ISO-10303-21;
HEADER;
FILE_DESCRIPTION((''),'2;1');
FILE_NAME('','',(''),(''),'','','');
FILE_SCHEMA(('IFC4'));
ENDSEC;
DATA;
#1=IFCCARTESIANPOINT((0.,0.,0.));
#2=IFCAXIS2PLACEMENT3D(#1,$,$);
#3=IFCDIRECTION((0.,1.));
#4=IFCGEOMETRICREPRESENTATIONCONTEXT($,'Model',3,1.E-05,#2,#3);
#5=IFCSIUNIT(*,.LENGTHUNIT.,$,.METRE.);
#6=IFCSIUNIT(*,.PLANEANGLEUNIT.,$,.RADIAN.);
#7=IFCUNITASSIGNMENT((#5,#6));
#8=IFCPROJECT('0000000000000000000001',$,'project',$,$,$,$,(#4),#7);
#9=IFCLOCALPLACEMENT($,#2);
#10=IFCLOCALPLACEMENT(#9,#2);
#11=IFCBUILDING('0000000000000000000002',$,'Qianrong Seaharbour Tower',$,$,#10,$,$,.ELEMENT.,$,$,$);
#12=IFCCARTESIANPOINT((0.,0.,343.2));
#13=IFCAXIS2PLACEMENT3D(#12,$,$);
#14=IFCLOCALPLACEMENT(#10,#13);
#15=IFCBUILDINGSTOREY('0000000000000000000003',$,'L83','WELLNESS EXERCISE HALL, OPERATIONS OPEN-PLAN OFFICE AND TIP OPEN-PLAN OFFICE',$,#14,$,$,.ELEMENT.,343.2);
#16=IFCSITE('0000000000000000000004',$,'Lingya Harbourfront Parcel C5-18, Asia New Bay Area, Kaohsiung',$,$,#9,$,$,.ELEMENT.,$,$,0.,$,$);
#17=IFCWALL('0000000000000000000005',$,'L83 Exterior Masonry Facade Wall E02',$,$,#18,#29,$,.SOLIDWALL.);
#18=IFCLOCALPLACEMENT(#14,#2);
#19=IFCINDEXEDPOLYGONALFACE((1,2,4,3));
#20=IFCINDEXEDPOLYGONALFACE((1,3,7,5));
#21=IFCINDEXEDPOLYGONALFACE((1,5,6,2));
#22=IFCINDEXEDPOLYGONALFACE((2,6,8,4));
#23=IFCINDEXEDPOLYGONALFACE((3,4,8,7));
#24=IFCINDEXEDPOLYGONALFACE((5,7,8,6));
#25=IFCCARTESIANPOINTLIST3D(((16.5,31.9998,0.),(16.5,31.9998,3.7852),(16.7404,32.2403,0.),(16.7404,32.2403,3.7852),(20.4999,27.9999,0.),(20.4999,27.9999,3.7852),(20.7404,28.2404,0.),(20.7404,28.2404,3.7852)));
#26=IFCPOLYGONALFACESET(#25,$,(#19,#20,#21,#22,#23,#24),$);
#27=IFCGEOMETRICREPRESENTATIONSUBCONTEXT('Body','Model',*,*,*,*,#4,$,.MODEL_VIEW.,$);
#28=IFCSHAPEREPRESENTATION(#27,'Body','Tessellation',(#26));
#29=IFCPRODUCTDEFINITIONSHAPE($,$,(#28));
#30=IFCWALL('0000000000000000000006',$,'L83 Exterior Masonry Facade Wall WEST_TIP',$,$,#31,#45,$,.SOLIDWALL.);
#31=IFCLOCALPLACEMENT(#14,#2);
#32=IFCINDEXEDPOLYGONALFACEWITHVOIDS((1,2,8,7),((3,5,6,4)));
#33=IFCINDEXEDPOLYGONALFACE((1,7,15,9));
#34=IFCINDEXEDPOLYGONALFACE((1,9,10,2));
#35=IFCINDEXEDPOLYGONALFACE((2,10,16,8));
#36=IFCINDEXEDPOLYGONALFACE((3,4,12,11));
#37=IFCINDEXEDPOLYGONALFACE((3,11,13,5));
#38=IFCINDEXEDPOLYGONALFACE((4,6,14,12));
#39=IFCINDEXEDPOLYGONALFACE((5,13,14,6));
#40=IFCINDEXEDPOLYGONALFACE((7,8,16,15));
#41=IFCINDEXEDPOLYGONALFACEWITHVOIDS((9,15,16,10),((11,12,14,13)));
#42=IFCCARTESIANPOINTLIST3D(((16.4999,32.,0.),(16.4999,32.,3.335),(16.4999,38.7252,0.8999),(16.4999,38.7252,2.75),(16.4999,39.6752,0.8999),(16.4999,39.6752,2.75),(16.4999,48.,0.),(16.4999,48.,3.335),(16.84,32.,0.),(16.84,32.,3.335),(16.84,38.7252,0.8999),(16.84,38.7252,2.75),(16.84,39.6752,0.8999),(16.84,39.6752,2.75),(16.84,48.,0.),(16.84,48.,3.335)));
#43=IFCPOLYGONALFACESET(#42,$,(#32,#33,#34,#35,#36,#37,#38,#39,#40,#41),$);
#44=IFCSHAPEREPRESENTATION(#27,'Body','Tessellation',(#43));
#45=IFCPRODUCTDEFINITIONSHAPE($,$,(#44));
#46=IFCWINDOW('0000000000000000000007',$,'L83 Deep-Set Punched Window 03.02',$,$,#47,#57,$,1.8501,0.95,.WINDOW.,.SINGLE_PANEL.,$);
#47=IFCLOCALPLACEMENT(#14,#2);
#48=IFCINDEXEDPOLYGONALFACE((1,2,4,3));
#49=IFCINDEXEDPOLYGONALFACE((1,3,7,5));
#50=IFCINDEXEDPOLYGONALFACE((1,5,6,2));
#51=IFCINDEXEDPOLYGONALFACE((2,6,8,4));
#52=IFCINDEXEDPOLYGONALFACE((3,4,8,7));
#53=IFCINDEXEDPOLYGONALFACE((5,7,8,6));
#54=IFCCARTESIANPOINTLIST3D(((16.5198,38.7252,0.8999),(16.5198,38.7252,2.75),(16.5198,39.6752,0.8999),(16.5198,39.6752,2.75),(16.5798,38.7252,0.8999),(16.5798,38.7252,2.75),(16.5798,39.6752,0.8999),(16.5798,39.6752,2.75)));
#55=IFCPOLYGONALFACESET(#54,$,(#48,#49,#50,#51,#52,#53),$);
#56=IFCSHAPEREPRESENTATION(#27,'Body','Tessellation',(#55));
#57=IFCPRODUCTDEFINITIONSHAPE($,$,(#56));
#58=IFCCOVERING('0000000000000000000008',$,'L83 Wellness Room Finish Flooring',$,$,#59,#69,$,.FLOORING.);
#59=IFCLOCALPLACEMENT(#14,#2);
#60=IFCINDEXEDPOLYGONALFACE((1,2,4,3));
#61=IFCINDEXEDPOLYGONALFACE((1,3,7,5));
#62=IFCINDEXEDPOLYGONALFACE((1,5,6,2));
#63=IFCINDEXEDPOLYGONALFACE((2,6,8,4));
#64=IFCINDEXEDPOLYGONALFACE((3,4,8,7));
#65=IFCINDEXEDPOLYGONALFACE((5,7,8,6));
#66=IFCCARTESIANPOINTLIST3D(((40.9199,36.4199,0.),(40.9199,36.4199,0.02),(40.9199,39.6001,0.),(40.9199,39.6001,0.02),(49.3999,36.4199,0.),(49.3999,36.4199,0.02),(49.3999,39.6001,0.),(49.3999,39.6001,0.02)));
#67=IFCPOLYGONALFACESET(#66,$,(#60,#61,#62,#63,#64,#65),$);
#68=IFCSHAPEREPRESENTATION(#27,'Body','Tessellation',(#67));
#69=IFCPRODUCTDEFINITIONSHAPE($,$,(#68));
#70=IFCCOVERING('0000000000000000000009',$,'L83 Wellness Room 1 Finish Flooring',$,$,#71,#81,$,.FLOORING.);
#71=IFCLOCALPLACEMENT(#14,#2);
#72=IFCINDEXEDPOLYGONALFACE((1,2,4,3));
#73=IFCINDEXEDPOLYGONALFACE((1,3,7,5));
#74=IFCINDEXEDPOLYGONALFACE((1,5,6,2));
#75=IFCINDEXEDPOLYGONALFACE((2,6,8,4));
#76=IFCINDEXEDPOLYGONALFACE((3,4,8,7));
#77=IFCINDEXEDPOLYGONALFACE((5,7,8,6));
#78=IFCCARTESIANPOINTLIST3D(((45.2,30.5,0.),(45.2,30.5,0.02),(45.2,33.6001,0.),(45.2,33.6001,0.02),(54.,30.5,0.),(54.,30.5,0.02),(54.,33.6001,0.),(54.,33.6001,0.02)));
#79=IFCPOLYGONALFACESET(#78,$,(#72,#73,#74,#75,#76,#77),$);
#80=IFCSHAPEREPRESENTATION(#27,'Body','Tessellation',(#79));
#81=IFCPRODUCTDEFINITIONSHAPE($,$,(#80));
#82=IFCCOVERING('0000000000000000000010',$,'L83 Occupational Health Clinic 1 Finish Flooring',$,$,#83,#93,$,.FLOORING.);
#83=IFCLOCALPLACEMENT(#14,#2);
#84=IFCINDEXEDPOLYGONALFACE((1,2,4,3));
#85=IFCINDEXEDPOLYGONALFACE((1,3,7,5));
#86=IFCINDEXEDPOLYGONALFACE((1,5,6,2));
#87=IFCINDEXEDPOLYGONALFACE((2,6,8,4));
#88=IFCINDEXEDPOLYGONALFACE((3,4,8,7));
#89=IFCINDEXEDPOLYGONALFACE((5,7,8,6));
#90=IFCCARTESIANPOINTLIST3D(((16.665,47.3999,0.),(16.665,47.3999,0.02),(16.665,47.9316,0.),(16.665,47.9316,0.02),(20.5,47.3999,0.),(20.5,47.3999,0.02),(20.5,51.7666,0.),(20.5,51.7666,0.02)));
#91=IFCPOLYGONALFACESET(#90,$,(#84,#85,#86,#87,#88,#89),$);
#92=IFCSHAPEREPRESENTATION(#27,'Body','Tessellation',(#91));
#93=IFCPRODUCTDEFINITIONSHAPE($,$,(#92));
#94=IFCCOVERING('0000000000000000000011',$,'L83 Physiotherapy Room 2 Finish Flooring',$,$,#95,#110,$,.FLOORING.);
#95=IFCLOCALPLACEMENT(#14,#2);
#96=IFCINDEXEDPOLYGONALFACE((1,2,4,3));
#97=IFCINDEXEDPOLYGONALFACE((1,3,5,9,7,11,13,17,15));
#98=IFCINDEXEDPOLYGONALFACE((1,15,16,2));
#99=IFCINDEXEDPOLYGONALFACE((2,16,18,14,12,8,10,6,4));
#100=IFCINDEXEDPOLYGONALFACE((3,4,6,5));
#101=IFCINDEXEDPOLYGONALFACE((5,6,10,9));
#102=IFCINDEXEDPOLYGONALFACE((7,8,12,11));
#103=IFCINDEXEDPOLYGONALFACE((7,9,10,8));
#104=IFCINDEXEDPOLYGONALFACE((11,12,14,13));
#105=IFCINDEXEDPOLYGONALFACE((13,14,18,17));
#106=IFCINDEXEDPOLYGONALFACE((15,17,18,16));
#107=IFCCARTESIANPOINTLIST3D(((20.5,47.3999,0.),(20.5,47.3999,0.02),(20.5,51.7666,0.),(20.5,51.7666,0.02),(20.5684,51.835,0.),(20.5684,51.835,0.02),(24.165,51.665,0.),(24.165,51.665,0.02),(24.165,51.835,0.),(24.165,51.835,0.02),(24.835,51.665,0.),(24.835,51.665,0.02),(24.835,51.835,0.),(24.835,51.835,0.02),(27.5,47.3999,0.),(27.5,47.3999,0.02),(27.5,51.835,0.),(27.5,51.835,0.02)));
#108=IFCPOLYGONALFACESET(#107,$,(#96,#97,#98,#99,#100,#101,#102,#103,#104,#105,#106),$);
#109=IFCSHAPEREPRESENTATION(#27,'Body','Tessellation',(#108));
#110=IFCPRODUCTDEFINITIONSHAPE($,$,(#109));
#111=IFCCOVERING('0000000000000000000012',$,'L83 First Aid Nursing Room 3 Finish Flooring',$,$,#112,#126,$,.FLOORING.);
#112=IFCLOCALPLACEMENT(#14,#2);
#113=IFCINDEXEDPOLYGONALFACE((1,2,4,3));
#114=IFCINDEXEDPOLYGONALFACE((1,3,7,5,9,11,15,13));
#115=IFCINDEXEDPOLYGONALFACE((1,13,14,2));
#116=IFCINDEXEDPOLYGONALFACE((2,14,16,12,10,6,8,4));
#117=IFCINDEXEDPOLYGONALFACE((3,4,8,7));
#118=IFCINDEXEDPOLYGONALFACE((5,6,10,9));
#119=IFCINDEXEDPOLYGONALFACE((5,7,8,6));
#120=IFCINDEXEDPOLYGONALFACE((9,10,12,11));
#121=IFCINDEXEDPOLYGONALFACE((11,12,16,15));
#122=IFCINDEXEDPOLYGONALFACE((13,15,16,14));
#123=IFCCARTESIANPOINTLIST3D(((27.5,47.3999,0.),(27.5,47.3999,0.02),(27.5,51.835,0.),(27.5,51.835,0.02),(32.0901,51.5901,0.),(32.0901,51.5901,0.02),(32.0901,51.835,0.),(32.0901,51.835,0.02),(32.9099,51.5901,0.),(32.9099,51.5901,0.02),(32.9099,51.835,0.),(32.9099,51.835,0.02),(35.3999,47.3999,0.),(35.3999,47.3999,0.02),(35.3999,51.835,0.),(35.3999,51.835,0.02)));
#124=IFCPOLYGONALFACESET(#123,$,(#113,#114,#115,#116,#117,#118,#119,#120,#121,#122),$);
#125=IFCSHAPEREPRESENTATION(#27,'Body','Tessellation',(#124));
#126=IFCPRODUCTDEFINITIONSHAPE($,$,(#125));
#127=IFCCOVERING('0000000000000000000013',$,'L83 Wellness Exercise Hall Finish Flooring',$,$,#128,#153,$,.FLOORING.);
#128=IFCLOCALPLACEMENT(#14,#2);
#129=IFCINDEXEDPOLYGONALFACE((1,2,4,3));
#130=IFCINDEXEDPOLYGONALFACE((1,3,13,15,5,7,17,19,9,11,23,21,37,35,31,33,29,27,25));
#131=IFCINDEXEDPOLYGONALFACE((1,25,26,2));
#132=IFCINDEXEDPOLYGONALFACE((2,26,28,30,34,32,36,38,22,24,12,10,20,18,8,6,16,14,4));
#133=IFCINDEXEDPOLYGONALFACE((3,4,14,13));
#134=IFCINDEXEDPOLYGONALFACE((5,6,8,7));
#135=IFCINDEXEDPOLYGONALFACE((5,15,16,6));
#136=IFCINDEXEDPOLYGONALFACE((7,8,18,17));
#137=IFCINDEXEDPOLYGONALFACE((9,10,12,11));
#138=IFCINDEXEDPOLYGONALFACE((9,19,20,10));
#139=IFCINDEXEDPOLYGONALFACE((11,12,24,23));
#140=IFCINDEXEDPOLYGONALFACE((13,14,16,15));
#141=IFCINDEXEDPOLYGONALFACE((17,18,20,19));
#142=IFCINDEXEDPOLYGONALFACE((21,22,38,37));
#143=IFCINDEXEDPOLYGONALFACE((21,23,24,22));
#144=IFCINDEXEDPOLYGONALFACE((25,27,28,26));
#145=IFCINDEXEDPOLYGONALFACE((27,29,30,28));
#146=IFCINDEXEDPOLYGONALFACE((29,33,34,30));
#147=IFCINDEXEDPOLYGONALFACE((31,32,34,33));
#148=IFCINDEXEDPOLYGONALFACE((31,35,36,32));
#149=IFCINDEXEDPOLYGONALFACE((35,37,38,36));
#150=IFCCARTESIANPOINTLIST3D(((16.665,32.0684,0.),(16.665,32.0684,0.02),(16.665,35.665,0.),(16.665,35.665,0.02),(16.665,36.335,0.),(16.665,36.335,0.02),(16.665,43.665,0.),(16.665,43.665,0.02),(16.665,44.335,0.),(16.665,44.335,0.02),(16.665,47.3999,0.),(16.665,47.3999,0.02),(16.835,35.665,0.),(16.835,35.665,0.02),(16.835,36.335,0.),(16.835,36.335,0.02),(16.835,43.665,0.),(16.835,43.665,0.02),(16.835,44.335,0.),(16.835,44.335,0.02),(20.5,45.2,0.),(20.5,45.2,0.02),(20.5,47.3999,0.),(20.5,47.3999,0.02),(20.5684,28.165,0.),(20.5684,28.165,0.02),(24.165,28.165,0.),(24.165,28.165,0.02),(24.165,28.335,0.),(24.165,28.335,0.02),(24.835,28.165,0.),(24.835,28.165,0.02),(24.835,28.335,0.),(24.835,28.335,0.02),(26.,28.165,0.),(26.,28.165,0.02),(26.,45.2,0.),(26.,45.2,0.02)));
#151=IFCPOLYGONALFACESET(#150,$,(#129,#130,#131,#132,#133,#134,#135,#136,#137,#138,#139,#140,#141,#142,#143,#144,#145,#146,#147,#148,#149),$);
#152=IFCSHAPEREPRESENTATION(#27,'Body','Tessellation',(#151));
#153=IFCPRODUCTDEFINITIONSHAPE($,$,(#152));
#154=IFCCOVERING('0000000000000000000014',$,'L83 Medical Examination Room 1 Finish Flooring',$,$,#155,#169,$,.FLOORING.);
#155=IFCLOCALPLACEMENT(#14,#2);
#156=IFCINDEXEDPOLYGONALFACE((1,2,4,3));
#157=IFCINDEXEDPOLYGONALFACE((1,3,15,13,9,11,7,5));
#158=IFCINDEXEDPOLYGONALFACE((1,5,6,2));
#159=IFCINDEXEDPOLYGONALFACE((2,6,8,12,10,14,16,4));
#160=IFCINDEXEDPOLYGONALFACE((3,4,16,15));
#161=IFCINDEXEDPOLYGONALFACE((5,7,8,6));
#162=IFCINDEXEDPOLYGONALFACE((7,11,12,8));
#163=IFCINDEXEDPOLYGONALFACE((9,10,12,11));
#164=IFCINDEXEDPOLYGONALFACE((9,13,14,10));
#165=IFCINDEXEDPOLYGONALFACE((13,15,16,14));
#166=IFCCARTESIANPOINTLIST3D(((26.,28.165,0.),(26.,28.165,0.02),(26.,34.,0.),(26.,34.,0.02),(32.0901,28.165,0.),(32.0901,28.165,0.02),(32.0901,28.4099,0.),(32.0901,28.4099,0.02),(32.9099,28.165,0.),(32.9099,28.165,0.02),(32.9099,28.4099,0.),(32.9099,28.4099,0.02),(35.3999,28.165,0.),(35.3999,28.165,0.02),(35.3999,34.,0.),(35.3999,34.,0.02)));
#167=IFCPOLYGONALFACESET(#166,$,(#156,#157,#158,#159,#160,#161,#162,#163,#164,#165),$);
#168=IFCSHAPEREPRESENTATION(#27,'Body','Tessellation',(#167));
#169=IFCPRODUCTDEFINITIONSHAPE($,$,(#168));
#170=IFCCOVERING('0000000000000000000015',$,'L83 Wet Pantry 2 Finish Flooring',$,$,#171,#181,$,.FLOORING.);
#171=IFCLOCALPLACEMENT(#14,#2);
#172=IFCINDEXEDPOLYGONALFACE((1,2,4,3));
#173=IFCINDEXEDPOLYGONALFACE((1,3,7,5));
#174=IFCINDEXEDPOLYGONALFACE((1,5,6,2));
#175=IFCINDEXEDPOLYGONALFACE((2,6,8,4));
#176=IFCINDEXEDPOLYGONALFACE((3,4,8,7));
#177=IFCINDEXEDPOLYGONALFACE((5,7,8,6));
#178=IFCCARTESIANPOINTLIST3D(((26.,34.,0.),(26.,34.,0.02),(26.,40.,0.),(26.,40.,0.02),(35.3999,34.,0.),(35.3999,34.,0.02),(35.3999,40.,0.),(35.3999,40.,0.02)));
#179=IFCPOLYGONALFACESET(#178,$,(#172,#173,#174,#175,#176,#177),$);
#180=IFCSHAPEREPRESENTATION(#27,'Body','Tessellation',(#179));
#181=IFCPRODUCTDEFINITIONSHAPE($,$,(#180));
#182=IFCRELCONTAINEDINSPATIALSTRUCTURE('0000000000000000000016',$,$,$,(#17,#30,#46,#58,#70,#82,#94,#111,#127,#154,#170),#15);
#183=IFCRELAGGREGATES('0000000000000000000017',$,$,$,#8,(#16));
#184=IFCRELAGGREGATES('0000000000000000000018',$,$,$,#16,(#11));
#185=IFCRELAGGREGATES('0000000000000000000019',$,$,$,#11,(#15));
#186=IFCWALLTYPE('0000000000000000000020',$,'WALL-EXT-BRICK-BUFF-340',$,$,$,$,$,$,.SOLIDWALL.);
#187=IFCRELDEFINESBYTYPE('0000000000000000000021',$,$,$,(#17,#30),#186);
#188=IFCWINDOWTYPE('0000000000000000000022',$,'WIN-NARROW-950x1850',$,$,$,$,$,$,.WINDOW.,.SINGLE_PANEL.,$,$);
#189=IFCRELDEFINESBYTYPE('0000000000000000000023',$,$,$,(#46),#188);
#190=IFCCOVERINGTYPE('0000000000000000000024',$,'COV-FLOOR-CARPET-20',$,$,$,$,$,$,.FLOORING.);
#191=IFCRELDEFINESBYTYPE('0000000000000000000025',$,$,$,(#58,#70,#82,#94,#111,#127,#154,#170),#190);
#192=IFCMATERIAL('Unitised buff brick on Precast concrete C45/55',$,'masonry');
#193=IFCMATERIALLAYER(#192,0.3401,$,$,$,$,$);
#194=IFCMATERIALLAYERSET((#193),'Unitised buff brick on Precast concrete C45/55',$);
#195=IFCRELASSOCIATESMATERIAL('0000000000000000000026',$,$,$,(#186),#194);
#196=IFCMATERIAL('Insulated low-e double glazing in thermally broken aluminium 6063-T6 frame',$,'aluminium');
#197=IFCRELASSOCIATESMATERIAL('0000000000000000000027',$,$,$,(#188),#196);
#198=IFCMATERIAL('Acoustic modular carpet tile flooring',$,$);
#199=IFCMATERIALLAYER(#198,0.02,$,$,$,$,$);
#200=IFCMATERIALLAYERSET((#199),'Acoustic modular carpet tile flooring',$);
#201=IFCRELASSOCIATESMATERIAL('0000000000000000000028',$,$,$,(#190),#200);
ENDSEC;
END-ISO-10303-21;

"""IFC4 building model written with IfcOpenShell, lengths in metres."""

from ifc_helpers import new_model, si_unit, direction, frame, frame_2d, origin, place, context, subcontext, project, spatial, polyline, rectangle, outline, extrude, material, layer, layer_set, type_object, element, fill, save


model = new_model("IFC4")

# Units and contexts
model_context = context("Model", 3, precision=1e-05, world=origin(), true_north=direction((0.0, 1.0)))
body_context = subcontext(model_context, "Body", "Model", "MODEL_VIEW")
ifc_project = project(units=[si_unit("LENGTHUNIT", "METRE"), si_unit("PLANEANGLEUNIT", "RADIAN")], contexts=[model_context])

# Site, building, storey
site_placement = place(None, origin())
site = spatial("IfcSite", under=ifc_project, at=site_placement, Name="Lingya Harbourfront Parcel C5-18, Asia New Bay Area, Kaohsiung", CompositionType="ELEMENT", RefElevation=0.0)
building_placement = place(site_placement, origin())
building = spatial("IfcBuilding", under=site, at=building_placement, Name="Qianrong Seaharbour Tower", CompositionType="ELEMENT")
storey_placement = place(building_placement, frame((0.0, 0.0, 343.2)))
storey = spatial("IfcBuildingStorey", under=building, at=storey_placement, Name="L83", Description="WELLNESS EXERCISE HALL, OPERATIONS OPEN-PLAN OFFICE AND TIP OPEN-PLAN OFFICE", CompositionType="ELEMENT", Elevation=343.2)

# Wall
ifc_material_1 = material(Name="Unitised buff brick on Precast concrete C45/55", Category="masonry")
ifc_layer_1 = layer(ifc_material_1, 0.3401)
ifc_layer_set_1 = layer_set([ifc_layer_1], Name="Unitised buff brick on Precast concrete C45/55")
wall_type = type_object("IfcWallType", Name="WALL-EXT-BRICK-BUFF-340", PredefinedType="SOLIDWALL", material=ifc_layer_set_1)
wall_1_placement = place(storey_placement, frame((20.6201, 28.1201, 0.0), z_axis=(0.0, 0.0, 1.0), x_axis=(-0.707107, 0.707107, 0.0)))
element("IfcWall", 1, at=wall_1_placement, inside=storey, type_object=wall_type, Name="L83 Exterior Masonry Facade Wall E02", PredefinedType="SOLIDWALL", context=body_context, shape_type="SweptSolid", body=[
    extrude(rectangle(XDim=5.6567, YDim=0.3401, at=frame_2d((2.8284, 0.0))), origin(), (0.0, 0.0, 1.0), 3.7852),
])

# Wall, opening, window
wall_2_placement = place(storey_placement, frame((16.6699, 32.0, 0.0), z_axis=(0.0, 0.0, 1.0), x_axis=(0.0, 1.0, 0.0)))
wall_2 = element("IfcWall", 2, at=wall_2_placement, inside=storey, type_object=wall_type, Name="L83 Exterior Masonry Facade Wall WEST_TIP", PredefinedType="SOLIDWALL", context=body_context, shape_type="SweptSolid", body=[
    extrude(rectangle(XDim=16.0, YDim=0.3401, at=frame_2d((8.0, 0.0))), origin(), (0.0, 0.0, 1.0), 3.335),
])
opening_placement = place(wall_2_placement, frame((6.7251, 0.0, 0.8999)))
opening = element("IfcOpeningElement", 3, at=opening_placement, cuts=wall_2, PredefinedType="OPENING", context=body_context, shape_type="SweptSolid", body=[
    extrude(rectangle(XDim=0.95, YDim=1.8501, at=frame_2d((0.4751, 0.925))), frame((0.0, 0.1802, 0.0), z_axis=(0.0, -1.0, 0.0), x_axis=(1.0, 0.0, 0.0)), (0.0, 0.0, 1.0), 0.3601),
])
ifc_material_2 = material(Name="Insulated low-e double glazing in thermally broken aluminium 6063-T6 frame", Category="aluminium")
window_type = type_object("IfcWindowType", Name="WIN-NARROW-950x1850", PartitioningType="SINGLE_PANEL", PredefinedType="WINDOW", material=ifc_material_2)
window_placement = place(opening_placement, origin())
window = element("IfcWindow", 4, at=window_placement, inside=storey, type_object=window_type, Name="L83 Deep-Set Punched Window 03.02", OverallHeight=1.8501, OverallWidth=0.95, PartitioningType="SINGLE_PANEL", PredefinedType="WINDOW", context=body_context, shape_type="SweptSolid", body=[
    extrude(rectangle(XDim=0.95, YDim=1.8501, at=frame_2d((0.4751, 0.925))), frame((0.0, 0.1501, 0.0), z_axis=(0.0, -1.0, 0.0), x_axis=(1.0, 0.0, 0.0)), (0.0, 0.0, 1.0), 0.0601),
])
fill(opening, window)

# Coverings
ifc_material_3 = material(Name="Acoustic modular carpet tile flooring")
ifc_layer_2 = layer(ifc_material_3, 0.02)
ifc_layer_set_2 = layer_set([ifc_layer_2], Name="Acoustic modular carpet tile flooring")
covering_type_1 = type_object("IfcCoveringType", Name="COV-FLOOR-CARPET-20", PredefinedType="FLOORING", material=ifc_layer_set_2)
covering_1_placement = place(storey_placement, origin())
element("IfcCovering", 5, at=covering_1_placement, inside=storey, type_object=covering_type_1, Name="L83 Wellness Room Finish Flooring", PredefinedType="FLOORING", context=body_context, shape_type="SweptSolid", body=[
    extrude(outline(polyline([(49.3999, 39.6001), (49.3999, 36.4199), (40.9199, 36.4199), (40.9199, 39.6001), (49.3999, 39.6001)])), origin(), (0.0, 0.0, 1.0), 0.02),
])
covering_2_placement = place(storey_placement, origin())
element("IfcCovering", 6, at=covering_2_placement, inside=storey, type_object=covering_type_1, Name="L83 Wellness Room 1 Finish Flooring", PredefinedType="FLOORING", context=body_context, shape_type="SweptSolid", body=[
    extrude(outline(polyline([(54.0, 33.6001), (54.0, 30.5), (45.2, 30.5), (45.2, 33.6001), (54.0, 33.6001)])), origin(), (0.0, 0.0, 1.0), 0.02),
])
covering_3_placement = place(storey_placement, origin())
element("IfcCovering", 7, at=covering_3_placement, inside=storey, type_object=covering_type_1, Name="L83 Occupational Health Clinic 1 Finish Flooring", PredefinedType="FLOORING", context=body_context, shape_type="SweptSolid", body=[
    extrude(outline(polyline([(16.665, 47.9316), (20.5, 51.7666), (20.5, 47.3999), (16.665, 47.3999), (16.665, 47.9316)])), origin(), (0.0, 0.0, 1.0), 0.02),
])
covering_4_placement = place(storey_placement, origin())
element("IfcCovering", 8, at=covering_4_placement, inside=storey, type_object=covering_type_1, Name="L83 Physiotherapy Room 2 Finish Flooring", PredefinedType="FLOORING", context=body_context, shape_type="SweptSolid", body=[
    extrude(outline(polyline([(20.5, 51.7666), (20.5684, 51.835), (24.165, 51.835), (24.165, 51.665), (24.835, 51.665), (24.835, 51.835), (27.5, 51.835), (27.5, 47.3999), (20.5, 47.3999), (20.5, 51.7666)])), origin(), (0.0, 0.0, 1.0), 0.02),
])
covering_5_placement = place(storey_placement, origin())
element("IfcCovering", 9, at=covering_5_placement, inside=storey, type_object=covering_type_1, Name="L83 First Aid Nursing Room 3 Finish Flooring", PredefinedType="FLOORING", context=body_context, shape_type="SweptSolid", body=[
    extrude(outline(polyline([(27.5, 51.835), (32.0901, 51.835), (32.0901, 51.5901), (32.9099, 51.5901), (32.9099, 51.835), (35.3999, 51.835), (35.3999, 47.3999), (27.5, 47.3999), (27.5, 51.835)])), origin(), (0.0, 0.0, 1.0), 0.02),
])
covering_6_placement = place(storey_placement, origin())
element("IfcCovering", 10, at=covering_6_placement, inside=storey, type_object=covering_type_1, Name="L83 Wellness Exercise Hall Finish Flooring", PredefinedType="FLOORING", context=body_context, shape_type="SweptSolid", body=[
    extrude(outline(polyline([(24.835, 28.165), (24.835, 28.335), (24.165, 28.335), (24.165, 28.165), (20.5684, 28.165), (16.665, 32.0684), (16.665, 35.665), (16.835, 35.665), (16.835, 36.335), (16.665, 36.335), (16.665, 43.665), (16.835, 43.665), (16.835, 44.335), (16.665, 44.335), (16.665, 47.3999), (20.5, 47.3999), (20.5, 45.2), (26.0, 45.2), (26.0, 28.165), (24.835, 28.165)])), origin(), (0.0, 0.0, 1.0), 0.02),
])
covering_7_placement = place(storey_placement, origin())
element("IfcCovering", 11, at=covering_7_placement, inside=storey, type_object=covering_type_1, Name="L83 Medical Examination Room 1 Finish Flooring", PredefinedType="FLOORING", context=body_context, shape_type="SweptSolid", body=[
    extrude(outline(polyline([(35.3999, 28.165), (32.9099, 28.165), (32.9099, 28.4099), (32.0901, 28.4099), (32.0901, 28.165), (26.0, 28.165), (26.0, 34.0), (35.3999, 34.0), (35.3999, 28.165)])), origin(), (0.0, 0.0, 1.0), 0.02),
])
covering_8_placement = place(storey_placement, origin())
element("IfcCovering", 12, at=covering_8_placement, inside=storey, type_object=covering_type_1, Name="L83 Wet Pantry 2 Finish Flooring", PredefinedType="FLOORING", context=body_context, shape_type="SweptSolid", body=[
    extrude(outline(polyline([(35.3999, 40.0), (35.3999, 34.0), (26.0, 34.0), (26.0, 40.0), (35.3999, 40.0)])), origin(), (0.0, 0.0, 1.0), 0.02),
])

save(model, "model.ifc")
